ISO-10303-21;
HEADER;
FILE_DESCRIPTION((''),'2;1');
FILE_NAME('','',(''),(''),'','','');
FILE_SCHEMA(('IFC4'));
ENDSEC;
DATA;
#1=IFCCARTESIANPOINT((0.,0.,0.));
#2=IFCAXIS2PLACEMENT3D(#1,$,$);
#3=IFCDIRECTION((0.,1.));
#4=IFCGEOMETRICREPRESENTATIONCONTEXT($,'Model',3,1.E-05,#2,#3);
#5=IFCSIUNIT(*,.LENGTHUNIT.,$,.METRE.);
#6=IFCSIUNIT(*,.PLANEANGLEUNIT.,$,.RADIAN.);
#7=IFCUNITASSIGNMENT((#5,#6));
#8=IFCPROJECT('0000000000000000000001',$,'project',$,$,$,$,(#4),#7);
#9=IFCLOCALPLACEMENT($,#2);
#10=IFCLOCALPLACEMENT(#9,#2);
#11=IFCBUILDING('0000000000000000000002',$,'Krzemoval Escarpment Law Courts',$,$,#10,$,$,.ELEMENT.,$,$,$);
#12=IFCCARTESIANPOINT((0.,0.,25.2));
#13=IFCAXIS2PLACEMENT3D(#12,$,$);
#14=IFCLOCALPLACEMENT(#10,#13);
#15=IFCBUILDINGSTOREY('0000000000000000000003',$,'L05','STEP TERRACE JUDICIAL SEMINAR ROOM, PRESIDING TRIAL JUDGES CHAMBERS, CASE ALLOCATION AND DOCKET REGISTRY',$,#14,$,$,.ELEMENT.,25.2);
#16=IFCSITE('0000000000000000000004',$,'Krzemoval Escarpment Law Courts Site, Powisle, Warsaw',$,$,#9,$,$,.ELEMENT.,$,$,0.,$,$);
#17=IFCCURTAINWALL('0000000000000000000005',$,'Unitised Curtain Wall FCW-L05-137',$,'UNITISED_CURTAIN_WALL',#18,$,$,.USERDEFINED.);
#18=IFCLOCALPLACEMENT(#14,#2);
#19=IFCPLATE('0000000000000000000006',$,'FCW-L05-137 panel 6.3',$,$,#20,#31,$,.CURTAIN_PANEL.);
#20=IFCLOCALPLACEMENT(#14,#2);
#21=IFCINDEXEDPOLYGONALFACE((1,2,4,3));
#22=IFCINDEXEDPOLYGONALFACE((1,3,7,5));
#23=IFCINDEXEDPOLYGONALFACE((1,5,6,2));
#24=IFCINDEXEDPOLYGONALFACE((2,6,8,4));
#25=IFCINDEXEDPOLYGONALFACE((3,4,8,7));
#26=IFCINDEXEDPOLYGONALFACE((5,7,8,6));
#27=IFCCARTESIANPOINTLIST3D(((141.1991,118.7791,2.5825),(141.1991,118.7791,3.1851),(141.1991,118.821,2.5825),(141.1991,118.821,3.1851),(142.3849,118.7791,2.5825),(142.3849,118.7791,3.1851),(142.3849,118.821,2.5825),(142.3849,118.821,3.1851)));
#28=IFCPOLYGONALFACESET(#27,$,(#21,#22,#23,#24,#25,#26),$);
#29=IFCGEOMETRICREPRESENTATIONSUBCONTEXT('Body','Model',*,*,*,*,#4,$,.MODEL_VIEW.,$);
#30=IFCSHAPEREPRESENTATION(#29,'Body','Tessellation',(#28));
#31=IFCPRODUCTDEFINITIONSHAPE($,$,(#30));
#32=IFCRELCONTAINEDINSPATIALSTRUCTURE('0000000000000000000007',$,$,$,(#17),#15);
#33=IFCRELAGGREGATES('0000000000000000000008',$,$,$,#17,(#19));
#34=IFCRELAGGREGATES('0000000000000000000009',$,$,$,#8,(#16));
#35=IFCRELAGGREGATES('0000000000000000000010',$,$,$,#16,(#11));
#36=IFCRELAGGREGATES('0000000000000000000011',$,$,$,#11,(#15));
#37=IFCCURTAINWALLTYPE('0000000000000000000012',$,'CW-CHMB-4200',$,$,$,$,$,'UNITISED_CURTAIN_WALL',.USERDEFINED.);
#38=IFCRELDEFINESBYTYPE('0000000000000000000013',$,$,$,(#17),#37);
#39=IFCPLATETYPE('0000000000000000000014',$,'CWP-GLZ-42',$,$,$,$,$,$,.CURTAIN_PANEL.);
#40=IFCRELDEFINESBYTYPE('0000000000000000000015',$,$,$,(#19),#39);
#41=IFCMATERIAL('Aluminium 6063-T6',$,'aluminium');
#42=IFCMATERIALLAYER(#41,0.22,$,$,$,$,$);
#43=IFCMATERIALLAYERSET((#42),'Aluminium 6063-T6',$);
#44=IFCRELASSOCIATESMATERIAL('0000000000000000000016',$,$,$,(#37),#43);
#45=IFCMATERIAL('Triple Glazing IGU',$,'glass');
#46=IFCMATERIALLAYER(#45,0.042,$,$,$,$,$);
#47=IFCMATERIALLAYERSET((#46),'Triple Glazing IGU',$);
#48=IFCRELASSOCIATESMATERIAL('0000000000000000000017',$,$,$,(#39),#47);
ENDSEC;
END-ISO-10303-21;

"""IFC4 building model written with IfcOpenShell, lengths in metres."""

from ifc_helpers import new_model, si_unit, direction, frame, origin, origin_2d, place, context, subcontext, project, spatial, rectangle, extrude, material, layer, layer_set, type_object, element, aggregate, save


model = new_model("IFC4")

# Units and contexts
model_context = context("Model", 3, precision=1e-05, world=origin(), true_north=direction((0.0, 1.0)))
body_context = subcontext(model_context, "Body", "Model", "MODEL_VIEW")
ifc_project = project(units=[si_unit("LENGTHUNIT", "METRE"), si_unit("PLANEANGLEUNIT", "RADIAN")], contexts=[model_context])

# Site, building, storey
site_placement = place(None, origin())
site = spatial("IfcSite", under=ifc_project, at=site_placement, Name="Krzemoval Escarpment Law Courts Site, Powisle, Warsaw", CompositionType="ELEMENT", RefElevation=0.0)
building_placement = place(site_placement, origin())
building = spatial("IfcBuilding", under=site, at=building_placement, Name="Krzemoval Escarpment Law Courts", CompositionType="ELEMENT")
storey_placement = place(building_placement, frame((0.0, 0.0, 25.2)))
storey = spatial("IfcBuildingStorey", under=building, at=storey_placement, Name="L05", Description="STEP TERRACE JUDICIAL SEMINAR ROOM, PRESIDING TRIAL JUDGES CHAMBERS, CASE ALLOCATION AND DOCKET REGISTRY", CompositionType="ELEMENT", Elevation=25.2)

# Curtain wall, plate
ifc_material_1 = material(Name="Aluminium 6063-T6", Category="aluminium")
ifc_layer_1 = layer(ifc_material_1, 0.22)
ifc_layer_set_1 = layer_set([ifc_layer_1], Name="Aluminium 6063-T6")
curtain_wall_type = type_object("IfcCurtainWallType", Name="CW-CHMB-4200", ElementType="UNITISED_CURTAIN_WALL", PredefinedType="USERDEFINED", material=ifc_layer_set_1)
curtain_wall_placement = place(storey_placement, origin())
curtain_wall = element("IfcCurtainWall", 1, at=curtain_wall_placement, inside=storey, type_object=curtain_wall_type, Name="Unitised Curtain Wall FCW-L05-137", ObjectType="UNITISED_CURTAIN_WALL", PredefinedType="USERDEFINED")
ifc_material_2 = material(Name="Triple Glazing IGU", Category="glass")
ifc_layer_2 = layer(ifc_material_2, 0.042)
ifc_layer_set_2 = layer_set([ifc_layer_2], Name="Triple Glazing IGU")
plate_type = type_object("IfcPlateType", Name="CWP-GLZ-42", PredefinedType="CURTAIN_PANEL", material=ifc_layer_set_2)
plate_1_placement = place(storey_placement, frame((141.792, 118.8, 2.5825), z_axis=(0.0, 0.0, 1.0), x_axis=(1.0, 0.0, 0.0)))
plate_1 = element("IfcPlate", 2, at=plate_1_placement, type_object=plate_type, Name="FCW-L05-137 panel 6.3", PredefinedType="CURTAIN_PANEL", context=body_context, shape_type="SweptSolid", body=[
    extrude(rectangle(XDim=1.1858, YDim=0.042, at=origin_2d()), origin(), (0.0, 0.0, 1.0), 0.6025),
])
aggregate(curtain_wall, [plate_1])

save(model, "model.ifc")
